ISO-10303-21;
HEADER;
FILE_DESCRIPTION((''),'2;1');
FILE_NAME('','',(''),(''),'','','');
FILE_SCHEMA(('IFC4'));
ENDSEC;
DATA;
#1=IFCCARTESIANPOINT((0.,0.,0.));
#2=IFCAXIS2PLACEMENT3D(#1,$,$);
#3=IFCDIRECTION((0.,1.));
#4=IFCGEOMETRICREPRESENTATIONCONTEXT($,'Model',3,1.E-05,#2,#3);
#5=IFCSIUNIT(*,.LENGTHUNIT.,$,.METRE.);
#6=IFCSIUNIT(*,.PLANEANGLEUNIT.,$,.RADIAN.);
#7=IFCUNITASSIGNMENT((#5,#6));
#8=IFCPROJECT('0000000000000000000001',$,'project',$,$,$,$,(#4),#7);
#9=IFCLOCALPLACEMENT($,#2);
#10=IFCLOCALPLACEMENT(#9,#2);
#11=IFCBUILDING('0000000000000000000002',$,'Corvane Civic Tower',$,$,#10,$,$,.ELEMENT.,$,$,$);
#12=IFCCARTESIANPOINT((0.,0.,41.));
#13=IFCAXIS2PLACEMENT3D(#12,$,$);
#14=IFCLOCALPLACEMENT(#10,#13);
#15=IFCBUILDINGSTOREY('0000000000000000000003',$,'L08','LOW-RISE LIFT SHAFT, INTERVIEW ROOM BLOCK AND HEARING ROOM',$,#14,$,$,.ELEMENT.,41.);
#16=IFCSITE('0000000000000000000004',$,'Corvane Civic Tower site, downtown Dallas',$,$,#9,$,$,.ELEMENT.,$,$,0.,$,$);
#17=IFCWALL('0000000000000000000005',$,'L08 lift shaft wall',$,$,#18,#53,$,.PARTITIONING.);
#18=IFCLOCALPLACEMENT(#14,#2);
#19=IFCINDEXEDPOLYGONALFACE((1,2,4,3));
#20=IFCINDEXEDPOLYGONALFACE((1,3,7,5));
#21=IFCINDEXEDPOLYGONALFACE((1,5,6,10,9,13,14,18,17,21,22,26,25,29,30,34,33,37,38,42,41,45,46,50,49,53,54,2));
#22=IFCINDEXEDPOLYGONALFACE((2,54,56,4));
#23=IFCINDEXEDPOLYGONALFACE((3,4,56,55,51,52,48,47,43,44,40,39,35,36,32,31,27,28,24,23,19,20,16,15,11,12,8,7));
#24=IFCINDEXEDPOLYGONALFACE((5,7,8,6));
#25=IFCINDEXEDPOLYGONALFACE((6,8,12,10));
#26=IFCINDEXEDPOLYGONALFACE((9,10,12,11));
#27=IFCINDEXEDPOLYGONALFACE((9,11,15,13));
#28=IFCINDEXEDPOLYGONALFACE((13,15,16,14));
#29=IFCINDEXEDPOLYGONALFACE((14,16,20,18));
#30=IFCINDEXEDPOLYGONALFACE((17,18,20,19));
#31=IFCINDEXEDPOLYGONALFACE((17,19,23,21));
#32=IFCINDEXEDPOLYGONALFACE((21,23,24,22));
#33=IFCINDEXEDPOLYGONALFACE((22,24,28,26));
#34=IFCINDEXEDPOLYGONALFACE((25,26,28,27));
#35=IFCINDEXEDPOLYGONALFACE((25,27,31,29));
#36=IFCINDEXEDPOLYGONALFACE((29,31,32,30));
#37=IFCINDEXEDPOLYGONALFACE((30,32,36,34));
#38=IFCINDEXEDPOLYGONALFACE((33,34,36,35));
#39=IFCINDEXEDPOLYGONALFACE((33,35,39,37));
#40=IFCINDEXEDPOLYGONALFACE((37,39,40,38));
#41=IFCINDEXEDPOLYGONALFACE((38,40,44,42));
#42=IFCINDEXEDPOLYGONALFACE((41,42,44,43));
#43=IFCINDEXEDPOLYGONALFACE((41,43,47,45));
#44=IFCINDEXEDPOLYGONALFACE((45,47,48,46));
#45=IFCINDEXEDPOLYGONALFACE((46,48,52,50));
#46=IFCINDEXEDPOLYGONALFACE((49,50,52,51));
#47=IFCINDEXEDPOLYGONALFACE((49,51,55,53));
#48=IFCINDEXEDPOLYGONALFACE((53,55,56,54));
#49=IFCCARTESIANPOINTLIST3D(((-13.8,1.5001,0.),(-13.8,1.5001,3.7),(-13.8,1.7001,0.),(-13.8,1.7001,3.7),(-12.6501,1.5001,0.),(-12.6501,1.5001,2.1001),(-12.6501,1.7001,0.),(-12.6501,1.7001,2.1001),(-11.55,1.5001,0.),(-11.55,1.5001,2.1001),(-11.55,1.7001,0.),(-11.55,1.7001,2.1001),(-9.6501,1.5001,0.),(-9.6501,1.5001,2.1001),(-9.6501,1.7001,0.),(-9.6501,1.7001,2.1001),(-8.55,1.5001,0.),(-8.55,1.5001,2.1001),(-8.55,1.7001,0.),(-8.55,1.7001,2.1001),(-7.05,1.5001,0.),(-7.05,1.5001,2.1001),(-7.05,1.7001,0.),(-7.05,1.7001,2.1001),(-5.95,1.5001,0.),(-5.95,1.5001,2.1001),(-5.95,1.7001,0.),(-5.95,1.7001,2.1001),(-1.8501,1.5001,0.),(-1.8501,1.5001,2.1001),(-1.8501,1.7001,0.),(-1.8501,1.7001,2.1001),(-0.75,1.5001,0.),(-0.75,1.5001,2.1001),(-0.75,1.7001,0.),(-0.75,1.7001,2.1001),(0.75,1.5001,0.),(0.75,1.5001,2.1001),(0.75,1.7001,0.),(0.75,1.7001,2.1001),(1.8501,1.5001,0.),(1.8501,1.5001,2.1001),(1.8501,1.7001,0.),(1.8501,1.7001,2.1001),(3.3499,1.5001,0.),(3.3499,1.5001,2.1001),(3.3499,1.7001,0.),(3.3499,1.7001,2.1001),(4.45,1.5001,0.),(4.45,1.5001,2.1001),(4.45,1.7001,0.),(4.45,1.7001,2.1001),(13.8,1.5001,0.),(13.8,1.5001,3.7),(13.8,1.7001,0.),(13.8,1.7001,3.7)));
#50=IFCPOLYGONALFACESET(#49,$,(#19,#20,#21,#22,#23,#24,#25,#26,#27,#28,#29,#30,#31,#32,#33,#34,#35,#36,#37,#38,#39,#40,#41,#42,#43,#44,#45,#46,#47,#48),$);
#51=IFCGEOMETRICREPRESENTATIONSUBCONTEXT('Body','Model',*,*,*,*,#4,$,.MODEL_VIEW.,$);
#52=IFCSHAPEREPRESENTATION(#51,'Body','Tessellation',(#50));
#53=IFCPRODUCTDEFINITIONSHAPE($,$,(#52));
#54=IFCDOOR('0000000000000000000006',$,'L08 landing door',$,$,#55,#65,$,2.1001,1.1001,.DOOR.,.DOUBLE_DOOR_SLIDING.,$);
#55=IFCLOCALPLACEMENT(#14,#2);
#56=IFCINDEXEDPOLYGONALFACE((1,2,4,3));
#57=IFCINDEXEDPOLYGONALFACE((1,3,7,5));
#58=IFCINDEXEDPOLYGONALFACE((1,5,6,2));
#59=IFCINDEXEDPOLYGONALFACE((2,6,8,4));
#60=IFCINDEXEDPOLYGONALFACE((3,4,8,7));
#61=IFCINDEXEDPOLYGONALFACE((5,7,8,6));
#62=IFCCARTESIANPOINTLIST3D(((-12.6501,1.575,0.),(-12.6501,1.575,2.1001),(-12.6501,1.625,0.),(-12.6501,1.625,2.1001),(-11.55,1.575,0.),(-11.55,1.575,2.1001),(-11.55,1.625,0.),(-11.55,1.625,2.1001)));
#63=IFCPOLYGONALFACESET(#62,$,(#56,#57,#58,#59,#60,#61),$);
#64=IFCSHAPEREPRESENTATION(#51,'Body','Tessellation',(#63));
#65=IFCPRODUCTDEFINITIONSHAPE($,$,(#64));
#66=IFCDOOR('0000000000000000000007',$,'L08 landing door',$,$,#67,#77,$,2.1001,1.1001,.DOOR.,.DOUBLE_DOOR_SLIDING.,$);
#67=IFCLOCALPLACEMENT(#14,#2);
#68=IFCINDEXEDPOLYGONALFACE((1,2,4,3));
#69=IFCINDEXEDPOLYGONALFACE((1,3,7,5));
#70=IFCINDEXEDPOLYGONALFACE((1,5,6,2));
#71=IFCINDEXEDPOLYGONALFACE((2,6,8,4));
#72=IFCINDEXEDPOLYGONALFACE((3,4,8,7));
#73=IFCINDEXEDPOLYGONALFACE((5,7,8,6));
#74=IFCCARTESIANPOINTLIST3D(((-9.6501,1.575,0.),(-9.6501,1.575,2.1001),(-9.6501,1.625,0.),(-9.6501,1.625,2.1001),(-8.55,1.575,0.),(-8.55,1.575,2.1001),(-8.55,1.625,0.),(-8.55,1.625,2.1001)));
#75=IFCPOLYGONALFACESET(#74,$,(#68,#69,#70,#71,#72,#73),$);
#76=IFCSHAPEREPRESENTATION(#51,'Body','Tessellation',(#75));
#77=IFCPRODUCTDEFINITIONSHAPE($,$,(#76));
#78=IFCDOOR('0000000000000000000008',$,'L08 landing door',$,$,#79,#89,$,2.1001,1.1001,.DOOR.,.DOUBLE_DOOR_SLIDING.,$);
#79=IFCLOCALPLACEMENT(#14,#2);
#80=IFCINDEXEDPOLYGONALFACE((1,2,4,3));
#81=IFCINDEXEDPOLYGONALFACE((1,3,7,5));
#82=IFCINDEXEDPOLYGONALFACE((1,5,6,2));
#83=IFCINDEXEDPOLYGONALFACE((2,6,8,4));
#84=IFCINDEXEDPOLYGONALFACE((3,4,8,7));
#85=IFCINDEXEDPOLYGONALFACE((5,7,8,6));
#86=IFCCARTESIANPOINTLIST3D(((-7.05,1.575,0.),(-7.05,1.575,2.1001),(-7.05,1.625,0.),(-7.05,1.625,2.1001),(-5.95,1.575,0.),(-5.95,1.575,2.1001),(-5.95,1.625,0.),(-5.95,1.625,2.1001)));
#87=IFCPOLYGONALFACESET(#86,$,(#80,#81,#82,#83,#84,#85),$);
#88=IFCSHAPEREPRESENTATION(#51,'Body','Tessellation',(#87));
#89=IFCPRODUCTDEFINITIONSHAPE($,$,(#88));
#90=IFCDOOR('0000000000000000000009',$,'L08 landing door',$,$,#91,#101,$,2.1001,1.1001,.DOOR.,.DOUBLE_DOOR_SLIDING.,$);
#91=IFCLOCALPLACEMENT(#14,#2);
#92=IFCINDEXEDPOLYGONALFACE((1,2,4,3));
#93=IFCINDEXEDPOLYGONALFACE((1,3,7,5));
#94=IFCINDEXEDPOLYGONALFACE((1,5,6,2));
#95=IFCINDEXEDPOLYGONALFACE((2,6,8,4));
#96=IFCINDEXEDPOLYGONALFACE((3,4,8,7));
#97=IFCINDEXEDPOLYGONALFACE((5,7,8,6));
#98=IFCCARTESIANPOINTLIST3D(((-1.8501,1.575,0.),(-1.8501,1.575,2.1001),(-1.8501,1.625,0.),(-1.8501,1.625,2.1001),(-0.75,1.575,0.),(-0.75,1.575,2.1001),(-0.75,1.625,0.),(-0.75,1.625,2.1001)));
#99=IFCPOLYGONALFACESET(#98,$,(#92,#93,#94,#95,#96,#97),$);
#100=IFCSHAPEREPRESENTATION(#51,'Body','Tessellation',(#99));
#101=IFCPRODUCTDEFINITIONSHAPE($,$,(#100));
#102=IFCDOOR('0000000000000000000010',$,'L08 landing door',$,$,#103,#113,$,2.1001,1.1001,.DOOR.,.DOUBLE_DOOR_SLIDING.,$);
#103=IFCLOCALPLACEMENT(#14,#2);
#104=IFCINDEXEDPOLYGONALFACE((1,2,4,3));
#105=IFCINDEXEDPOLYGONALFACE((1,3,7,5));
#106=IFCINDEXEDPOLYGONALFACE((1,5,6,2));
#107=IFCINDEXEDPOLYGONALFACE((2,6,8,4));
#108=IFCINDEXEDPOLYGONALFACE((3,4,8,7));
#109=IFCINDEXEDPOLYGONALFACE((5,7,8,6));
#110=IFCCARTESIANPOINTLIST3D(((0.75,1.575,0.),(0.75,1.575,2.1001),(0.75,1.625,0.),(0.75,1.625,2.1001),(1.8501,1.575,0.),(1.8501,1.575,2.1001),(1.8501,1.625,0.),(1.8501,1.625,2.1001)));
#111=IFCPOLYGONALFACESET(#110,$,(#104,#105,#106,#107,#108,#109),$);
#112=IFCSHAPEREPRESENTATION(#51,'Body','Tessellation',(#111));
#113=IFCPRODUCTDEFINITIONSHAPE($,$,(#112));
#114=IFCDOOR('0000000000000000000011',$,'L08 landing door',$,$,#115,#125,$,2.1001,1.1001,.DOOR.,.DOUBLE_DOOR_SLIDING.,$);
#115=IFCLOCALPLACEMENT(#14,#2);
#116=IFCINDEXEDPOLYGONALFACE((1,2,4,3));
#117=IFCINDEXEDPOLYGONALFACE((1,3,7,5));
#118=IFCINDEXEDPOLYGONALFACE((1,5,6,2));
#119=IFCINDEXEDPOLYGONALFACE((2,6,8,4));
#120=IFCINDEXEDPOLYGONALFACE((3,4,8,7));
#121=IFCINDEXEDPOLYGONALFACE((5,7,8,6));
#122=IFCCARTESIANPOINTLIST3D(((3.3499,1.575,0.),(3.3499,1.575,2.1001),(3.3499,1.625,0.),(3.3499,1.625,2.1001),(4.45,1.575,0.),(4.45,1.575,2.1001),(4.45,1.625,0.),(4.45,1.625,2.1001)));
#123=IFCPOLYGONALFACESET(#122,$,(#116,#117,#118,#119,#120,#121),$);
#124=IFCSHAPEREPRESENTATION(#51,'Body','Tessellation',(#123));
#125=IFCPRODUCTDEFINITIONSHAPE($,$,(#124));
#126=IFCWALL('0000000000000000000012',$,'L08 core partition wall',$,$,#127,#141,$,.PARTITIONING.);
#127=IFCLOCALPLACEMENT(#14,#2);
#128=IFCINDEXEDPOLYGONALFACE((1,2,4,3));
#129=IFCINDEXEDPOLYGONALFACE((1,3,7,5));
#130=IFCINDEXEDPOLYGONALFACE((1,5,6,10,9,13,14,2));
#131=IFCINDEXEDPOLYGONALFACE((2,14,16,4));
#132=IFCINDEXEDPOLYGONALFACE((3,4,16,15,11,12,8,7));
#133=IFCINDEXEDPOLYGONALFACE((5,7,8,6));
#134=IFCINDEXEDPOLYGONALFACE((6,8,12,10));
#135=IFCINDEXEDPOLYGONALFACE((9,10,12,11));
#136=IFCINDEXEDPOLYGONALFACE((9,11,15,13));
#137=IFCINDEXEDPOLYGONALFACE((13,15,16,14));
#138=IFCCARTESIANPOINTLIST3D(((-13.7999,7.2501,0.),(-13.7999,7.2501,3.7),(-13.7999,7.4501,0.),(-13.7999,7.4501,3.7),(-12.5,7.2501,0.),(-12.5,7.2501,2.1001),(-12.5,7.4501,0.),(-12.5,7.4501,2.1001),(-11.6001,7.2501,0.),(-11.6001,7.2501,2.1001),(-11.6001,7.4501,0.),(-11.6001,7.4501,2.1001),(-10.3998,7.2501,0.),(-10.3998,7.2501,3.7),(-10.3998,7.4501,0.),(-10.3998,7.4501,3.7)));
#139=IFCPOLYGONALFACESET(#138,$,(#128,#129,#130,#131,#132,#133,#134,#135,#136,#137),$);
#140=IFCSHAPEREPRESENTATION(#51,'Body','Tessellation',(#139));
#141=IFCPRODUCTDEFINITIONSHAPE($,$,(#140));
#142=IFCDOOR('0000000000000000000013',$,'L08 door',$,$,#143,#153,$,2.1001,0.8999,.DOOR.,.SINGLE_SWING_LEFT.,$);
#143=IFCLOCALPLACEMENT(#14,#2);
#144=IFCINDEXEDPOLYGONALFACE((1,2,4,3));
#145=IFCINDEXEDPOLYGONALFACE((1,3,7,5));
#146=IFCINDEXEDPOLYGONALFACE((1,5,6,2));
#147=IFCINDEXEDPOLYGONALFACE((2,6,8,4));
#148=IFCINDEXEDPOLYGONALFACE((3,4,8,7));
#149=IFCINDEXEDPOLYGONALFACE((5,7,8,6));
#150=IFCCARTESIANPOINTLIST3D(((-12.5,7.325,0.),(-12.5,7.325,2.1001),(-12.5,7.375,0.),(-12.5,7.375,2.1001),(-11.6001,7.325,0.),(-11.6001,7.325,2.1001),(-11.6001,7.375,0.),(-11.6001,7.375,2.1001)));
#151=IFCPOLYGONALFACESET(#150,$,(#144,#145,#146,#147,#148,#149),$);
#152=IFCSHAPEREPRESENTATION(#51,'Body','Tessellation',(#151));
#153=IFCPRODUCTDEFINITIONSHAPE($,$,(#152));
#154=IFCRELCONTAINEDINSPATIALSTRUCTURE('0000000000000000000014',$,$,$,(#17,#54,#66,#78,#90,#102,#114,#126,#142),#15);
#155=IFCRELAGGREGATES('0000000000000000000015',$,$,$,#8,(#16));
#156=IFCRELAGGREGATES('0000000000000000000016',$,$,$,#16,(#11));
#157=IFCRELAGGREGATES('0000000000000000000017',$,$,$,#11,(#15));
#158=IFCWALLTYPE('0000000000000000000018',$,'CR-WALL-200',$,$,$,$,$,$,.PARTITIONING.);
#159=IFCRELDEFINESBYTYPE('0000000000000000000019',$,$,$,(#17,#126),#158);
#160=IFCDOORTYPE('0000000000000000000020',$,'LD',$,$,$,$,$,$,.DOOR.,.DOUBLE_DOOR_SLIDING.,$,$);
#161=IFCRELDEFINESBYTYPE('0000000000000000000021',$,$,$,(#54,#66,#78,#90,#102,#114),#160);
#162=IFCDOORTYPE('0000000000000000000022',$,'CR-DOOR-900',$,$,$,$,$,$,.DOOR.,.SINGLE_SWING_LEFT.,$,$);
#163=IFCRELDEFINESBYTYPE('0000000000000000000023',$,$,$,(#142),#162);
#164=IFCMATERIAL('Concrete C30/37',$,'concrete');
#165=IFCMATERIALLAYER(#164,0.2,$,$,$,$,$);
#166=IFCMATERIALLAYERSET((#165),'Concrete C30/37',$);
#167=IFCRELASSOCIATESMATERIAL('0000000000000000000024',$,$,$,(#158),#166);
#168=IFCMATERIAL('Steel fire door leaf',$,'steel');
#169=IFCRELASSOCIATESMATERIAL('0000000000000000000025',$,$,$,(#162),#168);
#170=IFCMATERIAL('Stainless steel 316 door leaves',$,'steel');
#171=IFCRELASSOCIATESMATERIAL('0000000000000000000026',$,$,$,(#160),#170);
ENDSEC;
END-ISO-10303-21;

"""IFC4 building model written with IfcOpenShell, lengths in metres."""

from ifc_helpers import new_model, si_unit, direction, frame, frame_2d, origin, place, context, subcontext, project, spatial, rectangle, extrude, material, layer, layer_set, type_object, element, fill, save


model = new_model("IFC4")

# Units and contexts
model_context = context("Model", 3, precision=1e-05, world=origin(), true_north=direction((0.0, 1.0)))
body_context = subcontext(model_context, "Body", "Model", "MODEL_VIEW")
ifc_project = project(units=[si_unit("LENGTHUNIT", "METRE"), si_unit("PLANEANGLEUNIT", "RADIAN")], contexts=[model_context])

# Site, building, storey
site_placement = place(None, origin())
site = spatial("IfcSite", under=ifc_project, at=site_placement, Name="Corvane Civic Tower site, downtown Dallas", CompositionType="ELEMENT", RefElevation=0.0)
building_placement = place(site_placement, origin())
building = spatial("IfcBuilding", under=site, at=building_placement, Name="Corvane Civic Tower", CompositionType="ELEMENT")
storey_placement = place(building_placement, frame((0.0, 0.0, 41.0)))
storey = spatial("IfcBuildingStorey", under=building, at=storey_placement, Name="L08", Description="LOW-RISE LIFT SHAFT, INTERVIEW ROOM BLOCK AND HEARING ROOM", CompositionType="ELEMENT", Elevation=41.0)

# Wall, openings, doors
ifc_material_1 = material(Name="Concrete C30/37", Category="concrete")
ifc_layer = layer(ifc_material_1, 0.2)
ifc_layer_set = layer_set([ifc_layer], Name="Concrete C30/37")
wall_type = type_object("IfcWallType", Name="CR-WALL-200", PredefinedType="PARTITIONING", material=ifc_layer_set)
ifc_material_2 = material(Name="Steel fire door leaf", Category="steel")
door_type_1 = type_object("IfcDoorType", Name="CR-DOOR-900", OperationType="SINGLE_SWING_LEFT", PredefinedType="DOOR", material=ifc_material_2)
ifc_material_3 = material(Name="Stainless steel 316 door leaves", Category="steel")
door_type_2 = type_object("IfcDoorType", Name="LD", OperationType="DOUBLE_DOOR_SLIDING", PredefinedType="DOOR", material=ifc_material_3)
wall_1_placement = place(storey_placement, frame((-13.8, 1.6001, 0.0), z_axis=(0.0, 0.0, 1.0), x_axis=(1.0, 0.0, 0.0)))
wall_1 = element("IfcWall", 1, at=wall_1_placement, inside=storey, type_object=wall_type, Name="L08 lift shaft wall", PredefinedType="PARTITIONING", context=body_context, shape_type="SweptSolid", body=[
    extrude(rectangle(XDim=27.6001, YDim=0.2, at=frame_2d((13.8, 0.0))), origin(), (0.0, 0.0, 1.0), 3.7),
])
opening_1_placement = place(wall_1_placement, frame((1.1499, 0.0, 0.0)))
opening_1 = element("IfcOpeningElement", 2, at=opening_1_placement, cuts=wall_1, PredefinedType="OPENING", context=body_context, shape_type="SweptSolid", body=[
    extrude(rectangle(XDim=1.1001, YDim=2.1001, at=frame_2d((0.55, 1.05))), frame((0.0, 0.1099, 0.0), z_axis=(0.0, -1.0, 0.0), x_axis=(1.0, 0.0, 0.0)), (0.0, 0.0, 1.0), 0.22),
])
opening_2_placement = place(wall_1_placement, frame((4.1499, 0.0, 0.0)))
opening_2 = element("IfcOpeningElement", 3, at=opening_2_placement, cuts=wall_1, PredefinedType="OPENING", context=body_context, shape_type="SweptSolid", body=[
    extrude(rectangle(XDim=1.1001, YDim=2.1001, at=frame_2d((0.55, 1.05))), frame((0.0, 0.1099, 0.0), z_axis=(0.0, -1.0, 0.0), x_axis=(1.0, 0.0, 0.0)), (0.0, 0.0, 1.0), 0.22),
])
opening_3_placement = place(wall_1_placement, frame((6.75, 0.0, 0.0)))
opening_3 = element("IfcOpeningElement", 4, at=opening_3_placement, cuts=wall_1, PredefinedType="OPENING", context=body_context, shape_type="SweptSolid", body=[
    extrude(rectangle(XDim=1.1001, YDim=2.1001, at=frame_2d((0.55, 1.05))), frame((0.0, 0.1099, 0.0), z_axis=(0.0, -1.0, 0.0), x_axis=(1.0, 0.0, 0.0)), (0.0, 0.0, 1.0), 0.22),
])
opening_4_placement = place(wall_1_placement, frame((11.95, 0.0, 0.0)))
opening_4 = element("IfcOpeningElement", 5, at=opening_4_placement, cuts=wall_1, PredefinedType="OPENING", context=body_context, shape_type="SweptSolid", body=[
    extrude(rectangle(XDim=1.1001, YDim=2.1001, at=frame_2d((0.55, 1.05))), frame((0.0, 0.1099, 0.0), z_axis=(0.0, -1.0, 0.0), x_axis=(1.0, 0.0, 0.0)), (0.0, 0.0, 1.0), 0.22),
])
opening_5_placement = place(wall_1_placement, frame((14.55, 0.0, 0.0)))
opening_5 = element("IfcOpeningElement", 6, at=opening_5_placement, cuts=wall_1, PredefinedType="OPENING", context=body_context, shape_type="SweptSolid", body=[
    extrude(rectangle(XDim=1.1001, YDim=2.1001, at=frame_2d((0.55, 1.05))), frame((0.0, 0.1099, 0.0), z_axis=(0.0, -1.0, 0.0), x_axis=(1.0, 0.0, 0.0)), (0.0, 0.0, 1.0), 0.22),
])
opening_6_placement = place(wall_1_placement, frame((17.1499, 0.0, 0.0)))
opening_6 = element("IfcOpeningElement", 7, at=opening_6_placement, cuts=wall_1, PredefinedType="OPENING", context=body_context, shape_type="SweptSolid", body=[
    extrude(rectangle(XDim=1.1001, YDim=2.1001, at=frame_2d((0.55, 1.05))), frame((0.0, 0.1099, 0.0), z_axis=(0.0, -1.0, 0.0), x_axis=(1.0, 0.0, 0.0)), (0.0, 0.0, 1.0), 0.22),
])
door_1_placement = place(opening_1_placement, origin())
door_1 = element("IfcDoor", 8, at=door_1_placement, inside=storey, type_object=door_type_2, Name="L08 landing door", OperationType="DOUBLE_DOOR_SLIDING", OverallHeight=2.1001, OverallWidth=1.1001, PredefinedType="DOOR", context=body_context, shape_type="SweptSolid", body=[
    extrude(rectangle(XDim=1.1001, YDim=2.1001, at=frame_2d((0.55, 1.05))), frame((0.0, 0.0249, 0.0), z_axis=(0.0, -1.0, 0.0), x_axis=(1.0, 0.0, 0.0)), (0.0, 0.0, 1.0), 0.05),
])
fill(opening_1, door_1)
door_2_placement = place(opening_2_placement, origin())
door_2 = element("IfcDoor", 9, at=door_2_placement, inside=storey, type_object=door_type_2, Name="L08 landing door", OperationType="DOUBLE_DOOR_SLIDING", OverallHeight=2.1001, OverallWidth=1.1001, PredefinedType="DOOR", context=body_context, shape_type="SweptSolid", body=[
    extrude(rectangle(XDim=1.1001, YDim=2.1001, at=frame_2d((0.55, 1.05))), frame((0.0, 0.0249, 0.0), z_axis=(0.0, -1.0, 0.0), x_axis=(1.0, 0.0, 0.0)), (0.0, 0.0, 1.0), 0.05),
])
fill(opening_2, door_2)
door_3_placement = place(opening_3_placement, origin())
door_3 = element("IfcDoor", 10, at=door_3_placement, inside=storey, type_object=door_type_2, Name="L08 landing door", OperationType="DOUBLE_DOOR_SLIDING", OverallHeight=2.1001, OverallWidth=1.1001, PredefinedType="DOOR", context=body_context, shape_type="SweptSolid", body=[
    extrude(rectangle(XDim=1.1001, YDim=2.1001, at=frame_2d((0.55, 1.05))), frame((0.0, 0.0249, 0.0), z_axis=(0.0, -1.0, 0.0), x_axis=(1.0, 0.0, 0.0)), (0.0, 0.0, 1.0), 0.05),
])
fill(opening_3, door_3)
door_4_placement = place(opening_4_placement, origin())
door_4 = element("IfcDoor", 11, at=door_4_placement, inside=storey, type_object=door_type_2, Name="L08 landing door", OperationType="DOUBLE_DOOR_SLIDING", OverallHeight=2.1001, OverallWidth=1.1001, PredefinedType="DOOR", context=body_context, shape_type="SweptSolid", body=[
    extrude(rectangle(XDim=1.1001, YDim=2.1001, at=frame_2d((0.55, 1.05))), frame((0.0, 0.0249, 0.0), z_axis=(0.0, -1.0, 0.0), x_axis=(1.0, 0.0, 0.0)), (0.0, 0.0, 1.0), 0.05),
])
fill(opening_4, door_4)
door_5_placement = place(opening_5_placement, origin())
door_5 = element("IfcDoor", 12, at=door_5_placement, inside=storey, type_object=door_type_2, Name="L08 landing door", OperationType="DOUBLE_DOOR_SLIDING", OverallHeight=2.1001, OverallWidth=1.1001, PredefinedType="DOOR", context=body_context, shape_type="SweptSolid", body=[
    extrude(rectangle(XDim=1.1001, YDim=2.1001, at=frame_2d((0.55, 1.05))), frame((0.0, 0.0249, 0.0), z_axis=(0.0, -1.0, 0.0), x_axis=(1.0, 0.0, 0.0)), (0.0, 0.0, 1.0), 0.05),
])
fill(opening_5, door_5)
door_6_placement = place(opening_6_placement, origin())
door_6 = element("IfcDoor", 13, at=door_6_placement, inside=storey, type_object=door_type_2, Name="L08 landing door", OperationType="DOUBLE_DOOR_SLIDING", OverallHeight=2.1001, OverallWidth=1.1001, PredefinedType="DOOR", context=body_context, shape_type="SweptSolid", body=[
    extrude(rectangle(XDim=1.1001, YDim=2.1001, at=frame_2d((0.55, 1.05))), frame((0.0, 0.0249, 0.0), z_axis=(0.0, -1.0, 0.0), x_axis=(1.0, 0.0, 0.0)), (0.0, 0.0, 1.0), 0.05),
])
fill(opening_6, door_6)

# Wall, opening, door
wall_2_placement = place(storey_placement, frame((-13.8, 7.3501, 0.0), z_axis=(0.0, 0.0, 1.0), x_axis=(1.0, 0.0, 0.0)))
wall_2 = element("IfcWall", 14, at=wall_2_placement, inside=storey, type_object=wall_type, Name="L08 core partition wall", PredefinedType="PARTITIONING", context=body_context, shape_type="SweptSolid", body=[
    extrude(rectangle(XDim=3.4001, YDim=0.2, at=frame_2d((1.7002, 0.0))), origin(), (0.0, 0.0, 1.0), 3.7),
])
opening_7_placement = place(wall_2_placement, frame((1.3, 0.0, 0.0)))
opening_7 = element("IfcOpeningElement", 15, at=opening_7_placement, cuts=wall_2, PredefinedType="OPENING", context=body_context, shape_type="SweptSolid", body=[
    extrude(rectangle(XDim=0.8999, YDim=2.1001, at=frame_2d((0.45, 1.05))), frame((0.0, 0.1099, 0.0), z_axis=(0.0, -1.0, 0.0), x_axis=(1.0, 0.0, 0.0)), (0.0, 0.0, 1.0), 0.22),
])
door_7_placement = place(opening_7_placement, origin())
door_7 = element("IfcDoor", 16, at=door_7_placement, inside=storey, type_object=door_type_1, Name="L08 door", OperationType="SINGLE_SWING_LEFT", OverallHeight=2.1001, OverallWidth=0.8999, PredefinedType="DOOR", context=body_context, shape_type="SweptSolid", body=[
    extrude(rectangle(XDim=0.8999, YDim=2.1001, at=frame_2d((0.45, 1.05))), frame((0.0, 0.0249, 0.0), z_axis=(0.0, -1.0, 0.0), x_axis=(1.0, 0.0, 0.0)), (0.0, 0.0, 1.0), 0.05),
])
fill(opening_7, door_7)

save(model, "model.ifc")
